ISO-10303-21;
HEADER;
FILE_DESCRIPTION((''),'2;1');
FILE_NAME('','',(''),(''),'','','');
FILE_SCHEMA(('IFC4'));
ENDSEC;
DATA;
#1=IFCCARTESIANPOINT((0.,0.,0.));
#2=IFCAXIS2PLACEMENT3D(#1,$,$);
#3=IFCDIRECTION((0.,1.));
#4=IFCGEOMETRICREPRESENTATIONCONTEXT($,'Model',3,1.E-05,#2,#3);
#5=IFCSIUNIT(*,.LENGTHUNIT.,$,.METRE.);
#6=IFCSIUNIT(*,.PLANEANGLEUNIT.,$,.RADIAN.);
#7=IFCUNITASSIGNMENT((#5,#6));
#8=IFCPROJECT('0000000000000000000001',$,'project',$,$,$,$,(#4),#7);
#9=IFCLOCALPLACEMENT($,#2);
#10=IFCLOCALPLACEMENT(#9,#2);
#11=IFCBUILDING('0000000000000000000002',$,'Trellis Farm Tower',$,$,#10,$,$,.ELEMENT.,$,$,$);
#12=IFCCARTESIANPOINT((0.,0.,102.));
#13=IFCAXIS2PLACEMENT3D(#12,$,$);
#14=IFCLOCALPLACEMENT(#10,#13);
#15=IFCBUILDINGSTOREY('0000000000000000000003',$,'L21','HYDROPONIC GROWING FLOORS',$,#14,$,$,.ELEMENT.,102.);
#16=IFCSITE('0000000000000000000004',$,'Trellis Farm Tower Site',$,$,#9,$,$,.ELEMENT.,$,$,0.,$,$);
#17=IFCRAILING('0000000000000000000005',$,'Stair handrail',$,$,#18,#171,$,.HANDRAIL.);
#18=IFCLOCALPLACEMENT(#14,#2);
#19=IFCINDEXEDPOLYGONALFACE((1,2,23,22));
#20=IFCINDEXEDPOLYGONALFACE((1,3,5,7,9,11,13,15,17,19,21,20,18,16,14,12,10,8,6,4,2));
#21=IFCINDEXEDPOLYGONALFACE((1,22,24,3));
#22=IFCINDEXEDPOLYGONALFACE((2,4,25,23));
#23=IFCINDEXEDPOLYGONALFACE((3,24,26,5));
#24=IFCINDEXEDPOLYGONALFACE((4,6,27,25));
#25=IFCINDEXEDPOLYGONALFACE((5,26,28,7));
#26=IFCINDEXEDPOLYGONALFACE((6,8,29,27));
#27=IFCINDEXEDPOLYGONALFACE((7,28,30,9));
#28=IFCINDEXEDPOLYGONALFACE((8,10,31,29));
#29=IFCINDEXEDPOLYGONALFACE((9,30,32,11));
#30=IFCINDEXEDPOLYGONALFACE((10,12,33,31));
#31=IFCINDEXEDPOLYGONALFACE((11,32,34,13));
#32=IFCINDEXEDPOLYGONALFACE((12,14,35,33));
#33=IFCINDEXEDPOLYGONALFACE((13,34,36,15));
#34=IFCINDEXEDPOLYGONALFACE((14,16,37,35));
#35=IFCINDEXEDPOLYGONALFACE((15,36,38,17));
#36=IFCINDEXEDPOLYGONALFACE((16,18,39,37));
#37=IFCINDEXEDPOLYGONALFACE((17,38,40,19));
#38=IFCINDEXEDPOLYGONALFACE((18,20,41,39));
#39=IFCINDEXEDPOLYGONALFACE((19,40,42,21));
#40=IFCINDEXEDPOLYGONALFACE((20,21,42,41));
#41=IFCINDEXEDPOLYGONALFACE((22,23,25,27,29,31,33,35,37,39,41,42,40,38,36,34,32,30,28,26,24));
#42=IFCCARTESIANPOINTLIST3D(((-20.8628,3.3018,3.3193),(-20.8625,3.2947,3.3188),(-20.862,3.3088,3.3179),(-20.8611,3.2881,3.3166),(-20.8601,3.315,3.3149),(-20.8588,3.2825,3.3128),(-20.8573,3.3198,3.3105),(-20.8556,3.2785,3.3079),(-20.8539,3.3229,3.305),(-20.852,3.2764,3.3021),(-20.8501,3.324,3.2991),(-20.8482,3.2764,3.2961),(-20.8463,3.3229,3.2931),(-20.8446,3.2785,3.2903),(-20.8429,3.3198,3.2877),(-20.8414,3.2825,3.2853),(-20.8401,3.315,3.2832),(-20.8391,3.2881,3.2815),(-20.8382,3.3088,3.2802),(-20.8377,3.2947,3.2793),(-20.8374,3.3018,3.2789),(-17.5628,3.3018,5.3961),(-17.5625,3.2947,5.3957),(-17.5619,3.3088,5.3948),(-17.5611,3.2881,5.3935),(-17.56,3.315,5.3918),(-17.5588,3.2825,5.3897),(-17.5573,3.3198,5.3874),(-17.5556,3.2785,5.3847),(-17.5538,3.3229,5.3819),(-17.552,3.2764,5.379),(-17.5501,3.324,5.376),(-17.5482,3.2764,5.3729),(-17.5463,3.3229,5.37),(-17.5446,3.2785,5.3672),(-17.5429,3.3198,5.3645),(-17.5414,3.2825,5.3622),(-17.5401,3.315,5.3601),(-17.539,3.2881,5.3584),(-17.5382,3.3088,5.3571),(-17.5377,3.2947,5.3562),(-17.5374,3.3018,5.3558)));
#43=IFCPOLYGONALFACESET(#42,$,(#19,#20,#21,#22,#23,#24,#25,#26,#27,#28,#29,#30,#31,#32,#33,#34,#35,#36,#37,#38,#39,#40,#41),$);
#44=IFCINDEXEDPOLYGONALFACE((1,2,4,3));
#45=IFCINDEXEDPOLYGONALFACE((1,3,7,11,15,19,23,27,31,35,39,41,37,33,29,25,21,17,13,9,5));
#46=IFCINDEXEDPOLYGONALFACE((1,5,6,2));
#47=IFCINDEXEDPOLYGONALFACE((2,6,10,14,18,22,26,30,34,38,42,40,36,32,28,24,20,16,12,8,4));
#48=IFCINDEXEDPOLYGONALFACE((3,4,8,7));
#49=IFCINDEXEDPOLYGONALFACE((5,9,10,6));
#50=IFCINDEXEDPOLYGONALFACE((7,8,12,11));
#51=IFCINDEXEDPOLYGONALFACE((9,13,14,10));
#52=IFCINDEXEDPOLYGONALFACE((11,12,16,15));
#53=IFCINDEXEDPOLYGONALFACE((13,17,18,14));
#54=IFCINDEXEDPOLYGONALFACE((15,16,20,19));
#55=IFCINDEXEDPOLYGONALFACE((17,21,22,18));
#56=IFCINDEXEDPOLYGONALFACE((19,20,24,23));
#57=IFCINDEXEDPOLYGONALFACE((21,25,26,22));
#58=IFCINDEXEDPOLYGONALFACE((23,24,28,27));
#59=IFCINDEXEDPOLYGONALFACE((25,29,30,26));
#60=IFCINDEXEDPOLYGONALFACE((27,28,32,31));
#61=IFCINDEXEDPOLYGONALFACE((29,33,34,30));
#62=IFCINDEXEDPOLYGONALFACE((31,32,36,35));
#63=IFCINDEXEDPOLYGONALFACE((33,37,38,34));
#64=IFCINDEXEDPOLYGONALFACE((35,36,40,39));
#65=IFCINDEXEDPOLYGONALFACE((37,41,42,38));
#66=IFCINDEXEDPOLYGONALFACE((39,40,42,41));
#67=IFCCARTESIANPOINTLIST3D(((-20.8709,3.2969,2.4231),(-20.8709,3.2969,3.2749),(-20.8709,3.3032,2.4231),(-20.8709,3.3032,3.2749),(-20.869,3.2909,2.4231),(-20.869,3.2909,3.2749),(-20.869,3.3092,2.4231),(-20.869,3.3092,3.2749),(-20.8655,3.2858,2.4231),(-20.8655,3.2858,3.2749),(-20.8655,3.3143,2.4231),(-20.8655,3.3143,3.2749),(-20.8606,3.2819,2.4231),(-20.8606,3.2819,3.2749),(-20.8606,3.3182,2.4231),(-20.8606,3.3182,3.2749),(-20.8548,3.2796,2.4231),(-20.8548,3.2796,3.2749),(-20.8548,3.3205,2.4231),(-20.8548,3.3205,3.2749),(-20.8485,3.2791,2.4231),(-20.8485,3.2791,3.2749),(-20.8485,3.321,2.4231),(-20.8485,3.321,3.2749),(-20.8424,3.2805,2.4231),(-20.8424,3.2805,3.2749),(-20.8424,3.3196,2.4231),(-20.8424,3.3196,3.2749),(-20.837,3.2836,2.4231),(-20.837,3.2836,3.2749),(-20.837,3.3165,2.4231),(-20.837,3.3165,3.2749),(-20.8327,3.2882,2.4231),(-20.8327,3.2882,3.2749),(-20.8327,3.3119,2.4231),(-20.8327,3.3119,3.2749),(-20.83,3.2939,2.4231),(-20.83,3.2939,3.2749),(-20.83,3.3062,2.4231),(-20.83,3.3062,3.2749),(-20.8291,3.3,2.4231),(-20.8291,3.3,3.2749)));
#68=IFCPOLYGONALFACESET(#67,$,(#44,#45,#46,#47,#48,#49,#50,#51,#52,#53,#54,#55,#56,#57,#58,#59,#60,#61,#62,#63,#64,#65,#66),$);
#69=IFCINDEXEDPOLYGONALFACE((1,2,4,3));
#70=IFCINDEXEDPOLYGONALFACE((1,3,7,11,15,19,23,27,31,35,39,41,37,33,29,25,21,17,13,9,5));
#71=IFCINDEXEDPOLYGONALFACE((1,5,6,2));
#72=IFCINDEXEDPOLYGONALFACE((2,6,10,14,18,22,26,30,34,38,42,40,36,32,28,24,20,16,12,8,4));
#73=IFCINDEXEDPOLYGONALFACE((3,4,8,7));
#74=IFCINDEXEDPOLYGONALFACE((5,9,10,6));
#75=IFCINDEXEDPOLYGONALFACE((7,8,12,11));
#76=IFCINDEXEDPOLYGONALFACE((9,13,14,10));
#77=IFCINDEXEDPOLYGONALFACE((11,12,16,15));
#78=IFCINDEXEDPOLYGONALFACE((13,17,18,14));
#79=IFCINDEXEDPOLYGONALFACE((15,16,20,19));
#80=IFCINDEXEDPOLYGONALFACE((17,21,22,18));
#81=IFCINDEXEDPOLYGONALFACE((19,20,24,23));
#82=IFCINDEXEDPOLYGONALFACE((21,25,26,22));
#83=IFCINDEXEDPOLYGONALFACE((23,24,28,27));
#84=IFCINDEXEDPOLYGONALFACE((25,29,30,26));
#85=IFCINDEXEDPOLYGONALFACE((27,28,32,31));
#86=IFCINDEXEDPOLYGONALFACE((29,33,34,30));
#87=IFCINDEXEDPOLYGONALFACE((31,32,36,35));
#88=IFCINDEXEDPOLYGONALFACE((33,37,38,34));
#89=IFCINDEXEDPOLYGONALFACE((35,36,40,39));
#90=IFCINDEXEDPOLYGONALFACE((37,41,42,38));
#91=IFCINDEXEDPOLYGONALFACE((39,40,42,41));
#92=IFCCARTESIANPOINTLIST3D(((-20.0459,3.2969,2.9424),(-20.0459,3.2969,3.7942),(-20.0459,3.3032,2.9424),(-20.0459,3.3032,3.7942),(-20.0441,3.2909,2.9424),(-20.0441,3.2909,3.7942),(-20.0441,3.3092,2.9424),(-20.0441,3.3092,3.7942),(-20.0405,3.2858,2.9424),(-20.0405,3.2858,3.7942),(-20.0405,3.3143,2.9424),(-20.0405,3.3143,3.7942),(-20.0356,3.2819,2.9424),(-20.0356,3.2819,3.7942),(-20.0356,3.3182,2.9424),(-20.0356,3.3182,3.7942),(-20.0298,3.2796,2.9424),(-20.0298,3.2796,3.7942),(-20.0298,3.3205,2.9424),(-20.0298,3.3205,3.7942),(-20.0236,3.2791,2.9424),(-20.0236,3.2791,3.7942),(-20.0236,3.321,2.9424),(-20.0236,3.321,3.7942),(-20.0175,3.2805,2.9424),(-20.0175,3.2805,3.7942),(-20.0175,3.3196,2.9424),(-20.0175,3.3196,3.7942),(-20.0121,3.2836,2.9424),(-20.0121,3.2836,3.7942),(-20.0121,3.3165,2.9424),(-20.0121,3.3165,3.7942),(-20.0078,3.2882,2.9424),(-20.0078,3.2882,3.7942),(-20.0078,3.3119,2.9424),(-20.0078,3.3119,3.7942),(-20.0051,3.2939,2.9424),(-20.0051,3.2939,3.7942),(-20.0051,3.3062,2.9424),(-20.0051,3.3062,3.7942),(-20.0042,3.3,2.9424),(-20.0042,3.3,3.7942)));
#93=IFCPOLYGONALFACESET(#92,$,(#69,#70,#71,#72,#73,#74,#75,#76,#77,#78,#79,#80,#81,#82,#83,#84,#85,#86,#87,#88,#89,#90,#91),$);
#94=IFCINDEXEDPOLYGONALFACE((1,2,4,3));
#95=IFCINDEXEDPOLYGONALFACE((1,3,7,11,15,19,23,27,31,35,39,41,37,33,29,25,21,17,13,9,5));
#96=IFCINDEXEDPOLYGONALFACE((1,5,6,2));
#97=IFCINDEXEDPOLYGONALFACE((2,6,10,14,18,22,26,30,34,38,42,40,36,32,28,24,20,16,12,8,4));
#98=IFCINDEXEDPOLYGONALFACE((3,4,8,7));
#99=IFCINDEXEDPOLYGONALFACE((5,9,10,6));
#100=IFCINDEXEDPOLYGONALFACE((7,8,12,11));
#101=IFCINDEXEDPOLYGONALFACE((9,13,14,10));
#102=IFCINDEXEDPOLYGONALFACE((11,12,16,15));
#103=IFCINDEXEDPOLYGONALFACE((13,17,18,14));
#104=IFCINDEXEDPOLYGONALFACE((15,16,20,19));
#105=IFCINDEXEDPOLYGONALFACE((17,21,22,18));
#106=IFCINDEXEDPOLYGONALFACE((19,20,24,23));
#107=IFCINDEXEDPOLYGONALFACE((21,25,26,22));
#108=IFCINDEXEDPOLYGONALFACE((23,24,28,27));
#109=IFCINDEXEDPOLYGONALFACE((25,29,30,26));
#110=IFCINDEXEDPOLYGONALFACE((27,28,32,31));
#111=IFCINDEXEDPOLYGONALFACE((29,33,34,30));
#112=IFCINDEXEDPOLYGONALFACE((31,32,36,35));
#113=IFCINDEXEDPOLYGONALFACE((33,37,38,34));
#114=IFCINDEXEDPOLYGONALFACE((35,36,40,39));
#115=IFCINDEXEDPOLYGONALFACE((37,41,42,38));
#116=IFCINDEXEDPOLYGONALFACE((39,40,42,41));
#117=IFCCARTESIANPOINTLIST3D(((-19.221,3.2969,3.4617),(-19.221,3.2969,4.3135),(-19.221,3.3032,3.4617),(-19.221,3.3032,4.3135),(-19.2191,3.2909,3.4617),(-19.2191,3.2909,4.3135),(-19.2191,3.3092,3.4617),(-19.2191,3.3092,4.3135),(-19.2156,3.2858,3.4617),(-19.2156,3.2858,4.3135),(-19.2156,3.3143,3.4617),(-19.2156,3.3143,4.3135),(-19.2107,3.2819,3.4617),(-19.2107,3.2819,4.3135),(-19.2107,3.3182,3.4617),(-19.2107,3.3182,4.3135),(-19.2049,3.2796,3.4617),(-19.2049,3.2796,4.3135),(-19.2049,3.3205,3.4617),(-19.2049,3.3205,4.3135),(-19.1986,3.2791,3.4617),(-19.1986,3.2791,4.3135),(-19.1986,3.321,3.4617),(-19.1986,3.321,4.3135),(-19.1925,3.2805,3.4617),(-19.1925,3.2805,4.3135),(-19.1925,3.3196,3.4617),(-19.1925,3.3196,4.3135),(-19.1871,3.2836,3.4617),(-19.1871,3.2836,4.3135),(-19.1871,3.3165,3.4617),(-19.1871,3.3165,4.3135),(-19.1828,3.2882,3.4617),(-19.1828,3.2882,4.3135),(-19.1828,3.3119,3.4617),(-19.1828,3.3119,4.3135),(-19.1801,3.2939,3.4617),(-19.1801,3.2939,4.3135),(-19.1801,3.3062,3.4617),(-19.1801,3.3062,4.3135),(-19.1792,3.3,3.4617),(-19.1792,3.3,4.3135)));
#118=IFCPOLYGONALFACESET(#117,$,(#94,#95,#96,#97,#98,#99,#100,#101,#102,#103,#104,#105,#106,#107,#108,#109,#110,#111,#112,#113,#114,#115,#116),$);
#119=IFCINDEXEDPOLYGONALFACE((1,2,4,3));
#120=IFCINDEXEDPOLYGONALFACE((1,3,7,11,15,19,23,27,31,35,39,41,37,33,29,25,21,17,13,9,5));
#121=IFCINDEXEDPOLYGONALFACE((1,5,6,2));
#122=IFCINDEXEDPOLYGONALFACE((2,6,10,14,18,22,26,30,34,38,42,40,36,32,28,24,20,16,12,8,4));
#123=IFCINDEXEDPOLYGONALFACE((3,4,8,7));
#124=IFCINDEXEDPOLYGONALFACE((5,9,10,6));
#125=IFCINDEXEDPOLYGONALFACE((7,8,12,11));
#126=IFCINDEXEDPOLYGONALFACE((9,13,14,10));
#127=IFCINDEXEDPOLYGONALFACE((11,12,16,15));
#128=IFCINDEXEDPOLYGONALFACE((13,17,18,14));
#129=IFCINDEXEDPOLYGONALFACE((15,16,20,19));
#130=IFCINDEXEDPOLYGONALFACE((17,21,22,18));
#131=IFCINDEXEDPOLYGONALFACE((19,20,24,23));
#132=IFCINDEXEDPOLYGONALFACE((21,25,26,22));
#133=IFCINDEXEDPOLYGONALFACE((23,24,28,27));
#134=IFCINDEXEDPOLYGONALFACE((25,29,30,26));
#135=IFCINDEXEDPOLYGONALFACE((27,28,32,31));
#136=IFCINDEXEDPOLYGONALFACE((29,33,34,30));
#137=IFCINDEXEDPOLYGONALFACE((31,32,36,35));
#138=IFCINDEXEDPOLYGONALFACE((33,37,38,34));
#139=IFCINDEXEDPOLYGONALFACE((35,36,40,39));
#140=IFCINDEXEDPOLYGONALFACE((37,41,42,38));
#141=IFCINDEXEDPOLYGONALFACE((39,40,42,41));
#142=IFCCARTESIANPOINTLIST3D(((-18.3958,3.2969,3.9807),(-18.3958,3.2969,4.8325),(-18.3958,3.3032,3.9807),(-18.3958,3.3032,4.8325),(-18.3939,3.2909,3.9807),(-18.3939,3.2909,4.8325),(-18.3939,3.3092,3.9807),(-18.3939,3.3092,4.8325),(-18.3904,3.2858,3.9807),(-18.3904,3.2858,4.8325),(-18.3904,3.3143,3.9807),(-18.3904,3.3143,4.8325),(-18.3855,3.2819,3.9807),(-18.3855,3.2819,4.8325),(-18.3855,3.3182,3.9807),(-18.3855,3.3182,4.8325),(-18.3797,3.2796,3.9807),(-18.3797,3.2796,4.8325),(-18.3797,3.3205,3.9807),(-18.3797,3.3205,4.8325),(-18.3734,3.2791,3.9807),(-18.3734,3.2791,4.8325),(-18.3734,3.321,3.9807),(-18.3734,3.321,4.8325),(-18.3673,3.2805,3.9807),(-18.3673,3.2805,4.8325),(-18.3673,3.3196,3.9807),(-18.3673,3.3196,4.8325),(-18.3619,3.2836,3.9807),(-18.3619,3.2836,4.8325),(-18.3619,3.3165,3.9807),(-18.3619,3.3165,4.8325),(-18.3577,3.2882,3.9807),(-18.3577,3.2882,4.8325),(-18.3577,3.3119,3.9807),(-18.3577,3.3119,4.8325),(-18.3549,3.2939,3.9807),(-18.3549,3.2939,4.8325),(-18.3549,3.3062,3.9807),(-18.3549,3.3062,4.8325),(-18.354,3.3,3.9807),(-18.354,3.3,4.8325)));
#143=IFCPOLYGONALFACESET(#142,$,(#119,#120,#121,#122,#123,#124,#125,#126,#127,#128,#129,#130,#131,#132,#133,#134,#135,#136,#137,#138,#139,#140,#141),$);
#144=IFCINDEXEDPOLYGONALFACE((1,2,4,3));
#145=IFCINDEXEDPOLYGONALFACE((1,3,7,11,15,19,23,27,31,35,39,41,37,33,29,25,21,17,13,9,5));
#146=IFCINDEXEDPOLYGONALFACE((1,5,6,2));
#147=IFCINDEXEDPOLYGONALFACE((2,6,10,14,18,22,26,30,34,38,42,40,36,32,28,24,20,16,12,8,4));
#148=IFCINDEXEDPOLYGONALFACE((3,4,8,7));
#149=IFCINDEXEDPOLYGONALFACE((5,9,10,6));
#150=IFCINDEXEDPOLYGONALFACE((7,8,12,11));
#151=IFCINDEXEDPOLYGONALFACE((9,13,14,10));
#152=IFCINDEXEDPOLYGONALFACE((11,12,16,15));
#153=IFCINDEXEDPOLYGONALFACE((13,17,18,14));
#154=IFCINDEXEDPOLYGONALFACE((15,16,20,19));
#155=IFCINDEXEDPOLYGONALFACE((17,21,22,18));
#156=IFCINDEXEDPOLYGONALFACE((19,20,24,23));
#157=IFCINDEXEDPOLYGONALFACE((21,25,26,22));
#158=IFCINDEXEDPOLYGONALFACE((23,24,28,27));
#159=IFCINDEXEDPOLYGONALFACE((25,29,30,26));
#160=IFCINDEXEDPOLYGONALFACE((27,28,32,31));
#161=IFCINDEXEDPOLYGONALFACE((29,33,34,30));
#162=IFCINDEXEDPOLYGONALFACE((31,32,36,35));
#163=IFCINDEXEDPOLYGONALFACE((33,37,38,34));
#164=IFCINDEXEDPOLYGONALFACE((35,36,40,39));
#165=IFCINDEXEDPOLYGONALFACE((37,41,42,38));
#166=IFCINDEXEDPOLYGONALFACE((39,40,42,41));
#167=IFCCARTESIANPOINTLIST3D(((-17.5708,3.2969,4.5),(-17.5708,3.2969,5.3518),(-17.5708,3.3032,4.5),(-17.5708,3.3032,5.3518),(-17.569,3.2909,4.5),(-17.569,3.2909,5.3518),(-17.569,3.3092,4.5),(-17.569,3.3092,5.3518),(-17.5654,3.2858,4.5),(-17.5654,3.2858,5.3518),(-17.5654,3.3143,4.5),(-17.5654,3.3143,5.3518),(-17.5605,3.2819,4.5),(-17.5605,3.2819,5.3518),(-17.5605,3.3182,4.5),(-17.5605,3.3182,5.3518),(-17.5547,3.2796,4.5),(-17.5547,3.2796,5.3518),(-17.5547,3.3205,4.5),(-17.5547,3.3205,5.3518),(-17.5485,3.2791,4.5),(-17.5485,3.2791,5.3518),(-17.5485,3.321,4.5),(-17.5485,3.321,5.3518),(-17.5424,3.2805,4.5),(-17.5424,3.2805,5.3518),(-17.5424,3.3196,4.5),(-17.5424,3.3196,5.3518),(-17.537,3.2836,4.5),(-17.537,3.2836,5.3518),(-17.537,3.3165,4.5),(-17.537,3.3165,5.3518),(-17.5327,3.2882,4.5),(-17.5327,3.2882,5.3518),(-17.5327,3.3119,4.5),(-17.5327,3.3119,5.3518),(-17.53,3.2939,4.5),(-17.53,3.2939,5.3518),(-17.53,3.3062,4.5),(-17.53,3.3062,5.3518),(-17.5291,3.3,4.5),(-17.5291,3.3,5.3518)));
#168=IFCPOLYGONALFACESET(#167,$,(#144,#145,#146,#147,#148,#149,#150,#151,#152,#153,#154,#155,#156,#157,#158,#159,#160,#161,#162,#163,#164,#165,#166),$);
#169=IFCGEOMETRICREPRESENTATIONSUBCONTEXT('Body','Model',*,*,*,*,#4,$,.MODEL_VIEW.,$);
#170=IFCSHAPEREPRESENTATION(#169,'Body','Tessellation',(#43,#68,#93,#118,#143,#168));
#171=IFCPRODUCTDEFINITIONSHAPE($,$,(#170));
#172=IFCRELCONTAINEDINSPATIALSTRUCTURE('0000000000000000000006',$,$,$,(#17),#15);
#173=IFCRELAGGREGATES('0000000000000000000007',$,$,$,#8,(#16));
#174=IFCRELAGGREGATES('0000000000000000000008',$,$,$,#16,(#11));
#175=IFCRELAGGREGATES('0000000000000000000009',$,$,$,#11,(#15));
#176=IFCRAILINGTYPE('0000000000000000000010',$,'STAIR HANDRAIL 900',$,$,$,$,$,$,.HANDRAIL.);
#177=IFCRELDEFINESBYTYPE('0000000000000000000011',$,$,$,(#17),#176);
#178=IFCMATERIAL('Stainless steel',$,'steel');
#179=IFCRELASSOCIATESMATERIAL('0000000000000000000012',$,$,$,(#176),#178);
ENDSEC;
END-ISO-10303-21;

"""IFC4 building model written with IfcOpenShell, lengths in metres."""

from ifc_helpers import new_model, si_unit, direction, frame, origin, origin_2d, place, context, subcontext, project, spatial, circle, extrude, source, transform, mapped, material, type_object, element, save


model = new_model("IFC4")

# Units and contexts
model_context = context("Model", 3, precision=1e-05, world=origin(), true_north=direction((0.0, 1.0)))
body_context = subcontext(model_context, "Body", "Model", "MODEL_VIEW")
ifc_project = project(units=[si_unit("LENGTHUNIT", "METRE"), si_unit("PLANEANGLEUNIT", "RADIAN")], contexts=[model_context])

# Site, building, storey
site_placement = place(None, origin())
site = spatial("IfcSite", under=ifc_project, at=site_placement, Name="Trellis Farm Tower Site", CompositionType="ELEMENT", RefElevation=0.0)
building_placement = place(site_placement, origin())
building = spatial("IfcBuilding", under=site, at=building_placement, Name="Trellis Farm Tower", CompositionType="ELEMENT")
storey_placement = place(building_placement, frame((0.0, 0.0, 102.0)))
storey = spatial("IfcBuildingStorey", under=building, at=storey_placement, Name="L21", Description="HYDROPONIC GROWING FLOORS", CompositionType="ELEMENT", Elevation=102.0)

# Railing
ifc_material_1 = material(Name="Stainless steel", Category="steel")
railing_type = type_object("IfcRailingType", Name="STAIR HANDRAIL 900", PredefinedType="HANDRAIL", material=ifc_material_1)
shared_shape_1 = source(origin(), body_context, "Body", "SweptSolid", [
    extrude(circle(Radius=0.0239, at=origin_2d()), frame((0.0, 0.0, 0.876), z_axis=(0.846337, 0.0, 0.532647), x_axis=(0.0, 1.0, 0.0)), (0.0, 0.0, 1.0), 3.8992),
    extrude(circle(Radius=0.021, at=origin_2d()), origin(), (0.0, 0.0, 1.0), 0.8518),
    extrude(circle(Radius=0.021, at=origin_2d()), frame((0.825, 0.0, 0.5193)), (0.0, 0.0, 1.0), 0.8518),
    extrude(circle(Radius=0.021, at=origin_2d()), frame((1.6499, 0.0, 1.0386)), (0.0, 0.0, 1.0), 0.8518),
    extrude(circle(Radius=0.021, at=origin_2d()), frame((2.4751, 0.0, 1.5576)), (0.0, 0.0, 1.0), 0.8518),
    extrude(circle(Radius=0.021, at=origin_2d()), frame((3.3, 0.0, 2.0769)), (0.0, 0.0, 1.0), 0.8518),
])
for number, where, name in (
    (1, (-20.8501, 3.3, 2.4231), "Stair handrail"),
):
    element("IfcRailing", number, at=place(storey_placement, frame(where)), inside=storey, type_object=railing_type, Name=name, PredefinedType="HANDRAIL", context=body_context, shape_type="MappedRepresentation", body=[
        mapped(shared_shape_1, transform((0.0, 0.0, 0.0))),
    ])

save(model, "model.ifc")
